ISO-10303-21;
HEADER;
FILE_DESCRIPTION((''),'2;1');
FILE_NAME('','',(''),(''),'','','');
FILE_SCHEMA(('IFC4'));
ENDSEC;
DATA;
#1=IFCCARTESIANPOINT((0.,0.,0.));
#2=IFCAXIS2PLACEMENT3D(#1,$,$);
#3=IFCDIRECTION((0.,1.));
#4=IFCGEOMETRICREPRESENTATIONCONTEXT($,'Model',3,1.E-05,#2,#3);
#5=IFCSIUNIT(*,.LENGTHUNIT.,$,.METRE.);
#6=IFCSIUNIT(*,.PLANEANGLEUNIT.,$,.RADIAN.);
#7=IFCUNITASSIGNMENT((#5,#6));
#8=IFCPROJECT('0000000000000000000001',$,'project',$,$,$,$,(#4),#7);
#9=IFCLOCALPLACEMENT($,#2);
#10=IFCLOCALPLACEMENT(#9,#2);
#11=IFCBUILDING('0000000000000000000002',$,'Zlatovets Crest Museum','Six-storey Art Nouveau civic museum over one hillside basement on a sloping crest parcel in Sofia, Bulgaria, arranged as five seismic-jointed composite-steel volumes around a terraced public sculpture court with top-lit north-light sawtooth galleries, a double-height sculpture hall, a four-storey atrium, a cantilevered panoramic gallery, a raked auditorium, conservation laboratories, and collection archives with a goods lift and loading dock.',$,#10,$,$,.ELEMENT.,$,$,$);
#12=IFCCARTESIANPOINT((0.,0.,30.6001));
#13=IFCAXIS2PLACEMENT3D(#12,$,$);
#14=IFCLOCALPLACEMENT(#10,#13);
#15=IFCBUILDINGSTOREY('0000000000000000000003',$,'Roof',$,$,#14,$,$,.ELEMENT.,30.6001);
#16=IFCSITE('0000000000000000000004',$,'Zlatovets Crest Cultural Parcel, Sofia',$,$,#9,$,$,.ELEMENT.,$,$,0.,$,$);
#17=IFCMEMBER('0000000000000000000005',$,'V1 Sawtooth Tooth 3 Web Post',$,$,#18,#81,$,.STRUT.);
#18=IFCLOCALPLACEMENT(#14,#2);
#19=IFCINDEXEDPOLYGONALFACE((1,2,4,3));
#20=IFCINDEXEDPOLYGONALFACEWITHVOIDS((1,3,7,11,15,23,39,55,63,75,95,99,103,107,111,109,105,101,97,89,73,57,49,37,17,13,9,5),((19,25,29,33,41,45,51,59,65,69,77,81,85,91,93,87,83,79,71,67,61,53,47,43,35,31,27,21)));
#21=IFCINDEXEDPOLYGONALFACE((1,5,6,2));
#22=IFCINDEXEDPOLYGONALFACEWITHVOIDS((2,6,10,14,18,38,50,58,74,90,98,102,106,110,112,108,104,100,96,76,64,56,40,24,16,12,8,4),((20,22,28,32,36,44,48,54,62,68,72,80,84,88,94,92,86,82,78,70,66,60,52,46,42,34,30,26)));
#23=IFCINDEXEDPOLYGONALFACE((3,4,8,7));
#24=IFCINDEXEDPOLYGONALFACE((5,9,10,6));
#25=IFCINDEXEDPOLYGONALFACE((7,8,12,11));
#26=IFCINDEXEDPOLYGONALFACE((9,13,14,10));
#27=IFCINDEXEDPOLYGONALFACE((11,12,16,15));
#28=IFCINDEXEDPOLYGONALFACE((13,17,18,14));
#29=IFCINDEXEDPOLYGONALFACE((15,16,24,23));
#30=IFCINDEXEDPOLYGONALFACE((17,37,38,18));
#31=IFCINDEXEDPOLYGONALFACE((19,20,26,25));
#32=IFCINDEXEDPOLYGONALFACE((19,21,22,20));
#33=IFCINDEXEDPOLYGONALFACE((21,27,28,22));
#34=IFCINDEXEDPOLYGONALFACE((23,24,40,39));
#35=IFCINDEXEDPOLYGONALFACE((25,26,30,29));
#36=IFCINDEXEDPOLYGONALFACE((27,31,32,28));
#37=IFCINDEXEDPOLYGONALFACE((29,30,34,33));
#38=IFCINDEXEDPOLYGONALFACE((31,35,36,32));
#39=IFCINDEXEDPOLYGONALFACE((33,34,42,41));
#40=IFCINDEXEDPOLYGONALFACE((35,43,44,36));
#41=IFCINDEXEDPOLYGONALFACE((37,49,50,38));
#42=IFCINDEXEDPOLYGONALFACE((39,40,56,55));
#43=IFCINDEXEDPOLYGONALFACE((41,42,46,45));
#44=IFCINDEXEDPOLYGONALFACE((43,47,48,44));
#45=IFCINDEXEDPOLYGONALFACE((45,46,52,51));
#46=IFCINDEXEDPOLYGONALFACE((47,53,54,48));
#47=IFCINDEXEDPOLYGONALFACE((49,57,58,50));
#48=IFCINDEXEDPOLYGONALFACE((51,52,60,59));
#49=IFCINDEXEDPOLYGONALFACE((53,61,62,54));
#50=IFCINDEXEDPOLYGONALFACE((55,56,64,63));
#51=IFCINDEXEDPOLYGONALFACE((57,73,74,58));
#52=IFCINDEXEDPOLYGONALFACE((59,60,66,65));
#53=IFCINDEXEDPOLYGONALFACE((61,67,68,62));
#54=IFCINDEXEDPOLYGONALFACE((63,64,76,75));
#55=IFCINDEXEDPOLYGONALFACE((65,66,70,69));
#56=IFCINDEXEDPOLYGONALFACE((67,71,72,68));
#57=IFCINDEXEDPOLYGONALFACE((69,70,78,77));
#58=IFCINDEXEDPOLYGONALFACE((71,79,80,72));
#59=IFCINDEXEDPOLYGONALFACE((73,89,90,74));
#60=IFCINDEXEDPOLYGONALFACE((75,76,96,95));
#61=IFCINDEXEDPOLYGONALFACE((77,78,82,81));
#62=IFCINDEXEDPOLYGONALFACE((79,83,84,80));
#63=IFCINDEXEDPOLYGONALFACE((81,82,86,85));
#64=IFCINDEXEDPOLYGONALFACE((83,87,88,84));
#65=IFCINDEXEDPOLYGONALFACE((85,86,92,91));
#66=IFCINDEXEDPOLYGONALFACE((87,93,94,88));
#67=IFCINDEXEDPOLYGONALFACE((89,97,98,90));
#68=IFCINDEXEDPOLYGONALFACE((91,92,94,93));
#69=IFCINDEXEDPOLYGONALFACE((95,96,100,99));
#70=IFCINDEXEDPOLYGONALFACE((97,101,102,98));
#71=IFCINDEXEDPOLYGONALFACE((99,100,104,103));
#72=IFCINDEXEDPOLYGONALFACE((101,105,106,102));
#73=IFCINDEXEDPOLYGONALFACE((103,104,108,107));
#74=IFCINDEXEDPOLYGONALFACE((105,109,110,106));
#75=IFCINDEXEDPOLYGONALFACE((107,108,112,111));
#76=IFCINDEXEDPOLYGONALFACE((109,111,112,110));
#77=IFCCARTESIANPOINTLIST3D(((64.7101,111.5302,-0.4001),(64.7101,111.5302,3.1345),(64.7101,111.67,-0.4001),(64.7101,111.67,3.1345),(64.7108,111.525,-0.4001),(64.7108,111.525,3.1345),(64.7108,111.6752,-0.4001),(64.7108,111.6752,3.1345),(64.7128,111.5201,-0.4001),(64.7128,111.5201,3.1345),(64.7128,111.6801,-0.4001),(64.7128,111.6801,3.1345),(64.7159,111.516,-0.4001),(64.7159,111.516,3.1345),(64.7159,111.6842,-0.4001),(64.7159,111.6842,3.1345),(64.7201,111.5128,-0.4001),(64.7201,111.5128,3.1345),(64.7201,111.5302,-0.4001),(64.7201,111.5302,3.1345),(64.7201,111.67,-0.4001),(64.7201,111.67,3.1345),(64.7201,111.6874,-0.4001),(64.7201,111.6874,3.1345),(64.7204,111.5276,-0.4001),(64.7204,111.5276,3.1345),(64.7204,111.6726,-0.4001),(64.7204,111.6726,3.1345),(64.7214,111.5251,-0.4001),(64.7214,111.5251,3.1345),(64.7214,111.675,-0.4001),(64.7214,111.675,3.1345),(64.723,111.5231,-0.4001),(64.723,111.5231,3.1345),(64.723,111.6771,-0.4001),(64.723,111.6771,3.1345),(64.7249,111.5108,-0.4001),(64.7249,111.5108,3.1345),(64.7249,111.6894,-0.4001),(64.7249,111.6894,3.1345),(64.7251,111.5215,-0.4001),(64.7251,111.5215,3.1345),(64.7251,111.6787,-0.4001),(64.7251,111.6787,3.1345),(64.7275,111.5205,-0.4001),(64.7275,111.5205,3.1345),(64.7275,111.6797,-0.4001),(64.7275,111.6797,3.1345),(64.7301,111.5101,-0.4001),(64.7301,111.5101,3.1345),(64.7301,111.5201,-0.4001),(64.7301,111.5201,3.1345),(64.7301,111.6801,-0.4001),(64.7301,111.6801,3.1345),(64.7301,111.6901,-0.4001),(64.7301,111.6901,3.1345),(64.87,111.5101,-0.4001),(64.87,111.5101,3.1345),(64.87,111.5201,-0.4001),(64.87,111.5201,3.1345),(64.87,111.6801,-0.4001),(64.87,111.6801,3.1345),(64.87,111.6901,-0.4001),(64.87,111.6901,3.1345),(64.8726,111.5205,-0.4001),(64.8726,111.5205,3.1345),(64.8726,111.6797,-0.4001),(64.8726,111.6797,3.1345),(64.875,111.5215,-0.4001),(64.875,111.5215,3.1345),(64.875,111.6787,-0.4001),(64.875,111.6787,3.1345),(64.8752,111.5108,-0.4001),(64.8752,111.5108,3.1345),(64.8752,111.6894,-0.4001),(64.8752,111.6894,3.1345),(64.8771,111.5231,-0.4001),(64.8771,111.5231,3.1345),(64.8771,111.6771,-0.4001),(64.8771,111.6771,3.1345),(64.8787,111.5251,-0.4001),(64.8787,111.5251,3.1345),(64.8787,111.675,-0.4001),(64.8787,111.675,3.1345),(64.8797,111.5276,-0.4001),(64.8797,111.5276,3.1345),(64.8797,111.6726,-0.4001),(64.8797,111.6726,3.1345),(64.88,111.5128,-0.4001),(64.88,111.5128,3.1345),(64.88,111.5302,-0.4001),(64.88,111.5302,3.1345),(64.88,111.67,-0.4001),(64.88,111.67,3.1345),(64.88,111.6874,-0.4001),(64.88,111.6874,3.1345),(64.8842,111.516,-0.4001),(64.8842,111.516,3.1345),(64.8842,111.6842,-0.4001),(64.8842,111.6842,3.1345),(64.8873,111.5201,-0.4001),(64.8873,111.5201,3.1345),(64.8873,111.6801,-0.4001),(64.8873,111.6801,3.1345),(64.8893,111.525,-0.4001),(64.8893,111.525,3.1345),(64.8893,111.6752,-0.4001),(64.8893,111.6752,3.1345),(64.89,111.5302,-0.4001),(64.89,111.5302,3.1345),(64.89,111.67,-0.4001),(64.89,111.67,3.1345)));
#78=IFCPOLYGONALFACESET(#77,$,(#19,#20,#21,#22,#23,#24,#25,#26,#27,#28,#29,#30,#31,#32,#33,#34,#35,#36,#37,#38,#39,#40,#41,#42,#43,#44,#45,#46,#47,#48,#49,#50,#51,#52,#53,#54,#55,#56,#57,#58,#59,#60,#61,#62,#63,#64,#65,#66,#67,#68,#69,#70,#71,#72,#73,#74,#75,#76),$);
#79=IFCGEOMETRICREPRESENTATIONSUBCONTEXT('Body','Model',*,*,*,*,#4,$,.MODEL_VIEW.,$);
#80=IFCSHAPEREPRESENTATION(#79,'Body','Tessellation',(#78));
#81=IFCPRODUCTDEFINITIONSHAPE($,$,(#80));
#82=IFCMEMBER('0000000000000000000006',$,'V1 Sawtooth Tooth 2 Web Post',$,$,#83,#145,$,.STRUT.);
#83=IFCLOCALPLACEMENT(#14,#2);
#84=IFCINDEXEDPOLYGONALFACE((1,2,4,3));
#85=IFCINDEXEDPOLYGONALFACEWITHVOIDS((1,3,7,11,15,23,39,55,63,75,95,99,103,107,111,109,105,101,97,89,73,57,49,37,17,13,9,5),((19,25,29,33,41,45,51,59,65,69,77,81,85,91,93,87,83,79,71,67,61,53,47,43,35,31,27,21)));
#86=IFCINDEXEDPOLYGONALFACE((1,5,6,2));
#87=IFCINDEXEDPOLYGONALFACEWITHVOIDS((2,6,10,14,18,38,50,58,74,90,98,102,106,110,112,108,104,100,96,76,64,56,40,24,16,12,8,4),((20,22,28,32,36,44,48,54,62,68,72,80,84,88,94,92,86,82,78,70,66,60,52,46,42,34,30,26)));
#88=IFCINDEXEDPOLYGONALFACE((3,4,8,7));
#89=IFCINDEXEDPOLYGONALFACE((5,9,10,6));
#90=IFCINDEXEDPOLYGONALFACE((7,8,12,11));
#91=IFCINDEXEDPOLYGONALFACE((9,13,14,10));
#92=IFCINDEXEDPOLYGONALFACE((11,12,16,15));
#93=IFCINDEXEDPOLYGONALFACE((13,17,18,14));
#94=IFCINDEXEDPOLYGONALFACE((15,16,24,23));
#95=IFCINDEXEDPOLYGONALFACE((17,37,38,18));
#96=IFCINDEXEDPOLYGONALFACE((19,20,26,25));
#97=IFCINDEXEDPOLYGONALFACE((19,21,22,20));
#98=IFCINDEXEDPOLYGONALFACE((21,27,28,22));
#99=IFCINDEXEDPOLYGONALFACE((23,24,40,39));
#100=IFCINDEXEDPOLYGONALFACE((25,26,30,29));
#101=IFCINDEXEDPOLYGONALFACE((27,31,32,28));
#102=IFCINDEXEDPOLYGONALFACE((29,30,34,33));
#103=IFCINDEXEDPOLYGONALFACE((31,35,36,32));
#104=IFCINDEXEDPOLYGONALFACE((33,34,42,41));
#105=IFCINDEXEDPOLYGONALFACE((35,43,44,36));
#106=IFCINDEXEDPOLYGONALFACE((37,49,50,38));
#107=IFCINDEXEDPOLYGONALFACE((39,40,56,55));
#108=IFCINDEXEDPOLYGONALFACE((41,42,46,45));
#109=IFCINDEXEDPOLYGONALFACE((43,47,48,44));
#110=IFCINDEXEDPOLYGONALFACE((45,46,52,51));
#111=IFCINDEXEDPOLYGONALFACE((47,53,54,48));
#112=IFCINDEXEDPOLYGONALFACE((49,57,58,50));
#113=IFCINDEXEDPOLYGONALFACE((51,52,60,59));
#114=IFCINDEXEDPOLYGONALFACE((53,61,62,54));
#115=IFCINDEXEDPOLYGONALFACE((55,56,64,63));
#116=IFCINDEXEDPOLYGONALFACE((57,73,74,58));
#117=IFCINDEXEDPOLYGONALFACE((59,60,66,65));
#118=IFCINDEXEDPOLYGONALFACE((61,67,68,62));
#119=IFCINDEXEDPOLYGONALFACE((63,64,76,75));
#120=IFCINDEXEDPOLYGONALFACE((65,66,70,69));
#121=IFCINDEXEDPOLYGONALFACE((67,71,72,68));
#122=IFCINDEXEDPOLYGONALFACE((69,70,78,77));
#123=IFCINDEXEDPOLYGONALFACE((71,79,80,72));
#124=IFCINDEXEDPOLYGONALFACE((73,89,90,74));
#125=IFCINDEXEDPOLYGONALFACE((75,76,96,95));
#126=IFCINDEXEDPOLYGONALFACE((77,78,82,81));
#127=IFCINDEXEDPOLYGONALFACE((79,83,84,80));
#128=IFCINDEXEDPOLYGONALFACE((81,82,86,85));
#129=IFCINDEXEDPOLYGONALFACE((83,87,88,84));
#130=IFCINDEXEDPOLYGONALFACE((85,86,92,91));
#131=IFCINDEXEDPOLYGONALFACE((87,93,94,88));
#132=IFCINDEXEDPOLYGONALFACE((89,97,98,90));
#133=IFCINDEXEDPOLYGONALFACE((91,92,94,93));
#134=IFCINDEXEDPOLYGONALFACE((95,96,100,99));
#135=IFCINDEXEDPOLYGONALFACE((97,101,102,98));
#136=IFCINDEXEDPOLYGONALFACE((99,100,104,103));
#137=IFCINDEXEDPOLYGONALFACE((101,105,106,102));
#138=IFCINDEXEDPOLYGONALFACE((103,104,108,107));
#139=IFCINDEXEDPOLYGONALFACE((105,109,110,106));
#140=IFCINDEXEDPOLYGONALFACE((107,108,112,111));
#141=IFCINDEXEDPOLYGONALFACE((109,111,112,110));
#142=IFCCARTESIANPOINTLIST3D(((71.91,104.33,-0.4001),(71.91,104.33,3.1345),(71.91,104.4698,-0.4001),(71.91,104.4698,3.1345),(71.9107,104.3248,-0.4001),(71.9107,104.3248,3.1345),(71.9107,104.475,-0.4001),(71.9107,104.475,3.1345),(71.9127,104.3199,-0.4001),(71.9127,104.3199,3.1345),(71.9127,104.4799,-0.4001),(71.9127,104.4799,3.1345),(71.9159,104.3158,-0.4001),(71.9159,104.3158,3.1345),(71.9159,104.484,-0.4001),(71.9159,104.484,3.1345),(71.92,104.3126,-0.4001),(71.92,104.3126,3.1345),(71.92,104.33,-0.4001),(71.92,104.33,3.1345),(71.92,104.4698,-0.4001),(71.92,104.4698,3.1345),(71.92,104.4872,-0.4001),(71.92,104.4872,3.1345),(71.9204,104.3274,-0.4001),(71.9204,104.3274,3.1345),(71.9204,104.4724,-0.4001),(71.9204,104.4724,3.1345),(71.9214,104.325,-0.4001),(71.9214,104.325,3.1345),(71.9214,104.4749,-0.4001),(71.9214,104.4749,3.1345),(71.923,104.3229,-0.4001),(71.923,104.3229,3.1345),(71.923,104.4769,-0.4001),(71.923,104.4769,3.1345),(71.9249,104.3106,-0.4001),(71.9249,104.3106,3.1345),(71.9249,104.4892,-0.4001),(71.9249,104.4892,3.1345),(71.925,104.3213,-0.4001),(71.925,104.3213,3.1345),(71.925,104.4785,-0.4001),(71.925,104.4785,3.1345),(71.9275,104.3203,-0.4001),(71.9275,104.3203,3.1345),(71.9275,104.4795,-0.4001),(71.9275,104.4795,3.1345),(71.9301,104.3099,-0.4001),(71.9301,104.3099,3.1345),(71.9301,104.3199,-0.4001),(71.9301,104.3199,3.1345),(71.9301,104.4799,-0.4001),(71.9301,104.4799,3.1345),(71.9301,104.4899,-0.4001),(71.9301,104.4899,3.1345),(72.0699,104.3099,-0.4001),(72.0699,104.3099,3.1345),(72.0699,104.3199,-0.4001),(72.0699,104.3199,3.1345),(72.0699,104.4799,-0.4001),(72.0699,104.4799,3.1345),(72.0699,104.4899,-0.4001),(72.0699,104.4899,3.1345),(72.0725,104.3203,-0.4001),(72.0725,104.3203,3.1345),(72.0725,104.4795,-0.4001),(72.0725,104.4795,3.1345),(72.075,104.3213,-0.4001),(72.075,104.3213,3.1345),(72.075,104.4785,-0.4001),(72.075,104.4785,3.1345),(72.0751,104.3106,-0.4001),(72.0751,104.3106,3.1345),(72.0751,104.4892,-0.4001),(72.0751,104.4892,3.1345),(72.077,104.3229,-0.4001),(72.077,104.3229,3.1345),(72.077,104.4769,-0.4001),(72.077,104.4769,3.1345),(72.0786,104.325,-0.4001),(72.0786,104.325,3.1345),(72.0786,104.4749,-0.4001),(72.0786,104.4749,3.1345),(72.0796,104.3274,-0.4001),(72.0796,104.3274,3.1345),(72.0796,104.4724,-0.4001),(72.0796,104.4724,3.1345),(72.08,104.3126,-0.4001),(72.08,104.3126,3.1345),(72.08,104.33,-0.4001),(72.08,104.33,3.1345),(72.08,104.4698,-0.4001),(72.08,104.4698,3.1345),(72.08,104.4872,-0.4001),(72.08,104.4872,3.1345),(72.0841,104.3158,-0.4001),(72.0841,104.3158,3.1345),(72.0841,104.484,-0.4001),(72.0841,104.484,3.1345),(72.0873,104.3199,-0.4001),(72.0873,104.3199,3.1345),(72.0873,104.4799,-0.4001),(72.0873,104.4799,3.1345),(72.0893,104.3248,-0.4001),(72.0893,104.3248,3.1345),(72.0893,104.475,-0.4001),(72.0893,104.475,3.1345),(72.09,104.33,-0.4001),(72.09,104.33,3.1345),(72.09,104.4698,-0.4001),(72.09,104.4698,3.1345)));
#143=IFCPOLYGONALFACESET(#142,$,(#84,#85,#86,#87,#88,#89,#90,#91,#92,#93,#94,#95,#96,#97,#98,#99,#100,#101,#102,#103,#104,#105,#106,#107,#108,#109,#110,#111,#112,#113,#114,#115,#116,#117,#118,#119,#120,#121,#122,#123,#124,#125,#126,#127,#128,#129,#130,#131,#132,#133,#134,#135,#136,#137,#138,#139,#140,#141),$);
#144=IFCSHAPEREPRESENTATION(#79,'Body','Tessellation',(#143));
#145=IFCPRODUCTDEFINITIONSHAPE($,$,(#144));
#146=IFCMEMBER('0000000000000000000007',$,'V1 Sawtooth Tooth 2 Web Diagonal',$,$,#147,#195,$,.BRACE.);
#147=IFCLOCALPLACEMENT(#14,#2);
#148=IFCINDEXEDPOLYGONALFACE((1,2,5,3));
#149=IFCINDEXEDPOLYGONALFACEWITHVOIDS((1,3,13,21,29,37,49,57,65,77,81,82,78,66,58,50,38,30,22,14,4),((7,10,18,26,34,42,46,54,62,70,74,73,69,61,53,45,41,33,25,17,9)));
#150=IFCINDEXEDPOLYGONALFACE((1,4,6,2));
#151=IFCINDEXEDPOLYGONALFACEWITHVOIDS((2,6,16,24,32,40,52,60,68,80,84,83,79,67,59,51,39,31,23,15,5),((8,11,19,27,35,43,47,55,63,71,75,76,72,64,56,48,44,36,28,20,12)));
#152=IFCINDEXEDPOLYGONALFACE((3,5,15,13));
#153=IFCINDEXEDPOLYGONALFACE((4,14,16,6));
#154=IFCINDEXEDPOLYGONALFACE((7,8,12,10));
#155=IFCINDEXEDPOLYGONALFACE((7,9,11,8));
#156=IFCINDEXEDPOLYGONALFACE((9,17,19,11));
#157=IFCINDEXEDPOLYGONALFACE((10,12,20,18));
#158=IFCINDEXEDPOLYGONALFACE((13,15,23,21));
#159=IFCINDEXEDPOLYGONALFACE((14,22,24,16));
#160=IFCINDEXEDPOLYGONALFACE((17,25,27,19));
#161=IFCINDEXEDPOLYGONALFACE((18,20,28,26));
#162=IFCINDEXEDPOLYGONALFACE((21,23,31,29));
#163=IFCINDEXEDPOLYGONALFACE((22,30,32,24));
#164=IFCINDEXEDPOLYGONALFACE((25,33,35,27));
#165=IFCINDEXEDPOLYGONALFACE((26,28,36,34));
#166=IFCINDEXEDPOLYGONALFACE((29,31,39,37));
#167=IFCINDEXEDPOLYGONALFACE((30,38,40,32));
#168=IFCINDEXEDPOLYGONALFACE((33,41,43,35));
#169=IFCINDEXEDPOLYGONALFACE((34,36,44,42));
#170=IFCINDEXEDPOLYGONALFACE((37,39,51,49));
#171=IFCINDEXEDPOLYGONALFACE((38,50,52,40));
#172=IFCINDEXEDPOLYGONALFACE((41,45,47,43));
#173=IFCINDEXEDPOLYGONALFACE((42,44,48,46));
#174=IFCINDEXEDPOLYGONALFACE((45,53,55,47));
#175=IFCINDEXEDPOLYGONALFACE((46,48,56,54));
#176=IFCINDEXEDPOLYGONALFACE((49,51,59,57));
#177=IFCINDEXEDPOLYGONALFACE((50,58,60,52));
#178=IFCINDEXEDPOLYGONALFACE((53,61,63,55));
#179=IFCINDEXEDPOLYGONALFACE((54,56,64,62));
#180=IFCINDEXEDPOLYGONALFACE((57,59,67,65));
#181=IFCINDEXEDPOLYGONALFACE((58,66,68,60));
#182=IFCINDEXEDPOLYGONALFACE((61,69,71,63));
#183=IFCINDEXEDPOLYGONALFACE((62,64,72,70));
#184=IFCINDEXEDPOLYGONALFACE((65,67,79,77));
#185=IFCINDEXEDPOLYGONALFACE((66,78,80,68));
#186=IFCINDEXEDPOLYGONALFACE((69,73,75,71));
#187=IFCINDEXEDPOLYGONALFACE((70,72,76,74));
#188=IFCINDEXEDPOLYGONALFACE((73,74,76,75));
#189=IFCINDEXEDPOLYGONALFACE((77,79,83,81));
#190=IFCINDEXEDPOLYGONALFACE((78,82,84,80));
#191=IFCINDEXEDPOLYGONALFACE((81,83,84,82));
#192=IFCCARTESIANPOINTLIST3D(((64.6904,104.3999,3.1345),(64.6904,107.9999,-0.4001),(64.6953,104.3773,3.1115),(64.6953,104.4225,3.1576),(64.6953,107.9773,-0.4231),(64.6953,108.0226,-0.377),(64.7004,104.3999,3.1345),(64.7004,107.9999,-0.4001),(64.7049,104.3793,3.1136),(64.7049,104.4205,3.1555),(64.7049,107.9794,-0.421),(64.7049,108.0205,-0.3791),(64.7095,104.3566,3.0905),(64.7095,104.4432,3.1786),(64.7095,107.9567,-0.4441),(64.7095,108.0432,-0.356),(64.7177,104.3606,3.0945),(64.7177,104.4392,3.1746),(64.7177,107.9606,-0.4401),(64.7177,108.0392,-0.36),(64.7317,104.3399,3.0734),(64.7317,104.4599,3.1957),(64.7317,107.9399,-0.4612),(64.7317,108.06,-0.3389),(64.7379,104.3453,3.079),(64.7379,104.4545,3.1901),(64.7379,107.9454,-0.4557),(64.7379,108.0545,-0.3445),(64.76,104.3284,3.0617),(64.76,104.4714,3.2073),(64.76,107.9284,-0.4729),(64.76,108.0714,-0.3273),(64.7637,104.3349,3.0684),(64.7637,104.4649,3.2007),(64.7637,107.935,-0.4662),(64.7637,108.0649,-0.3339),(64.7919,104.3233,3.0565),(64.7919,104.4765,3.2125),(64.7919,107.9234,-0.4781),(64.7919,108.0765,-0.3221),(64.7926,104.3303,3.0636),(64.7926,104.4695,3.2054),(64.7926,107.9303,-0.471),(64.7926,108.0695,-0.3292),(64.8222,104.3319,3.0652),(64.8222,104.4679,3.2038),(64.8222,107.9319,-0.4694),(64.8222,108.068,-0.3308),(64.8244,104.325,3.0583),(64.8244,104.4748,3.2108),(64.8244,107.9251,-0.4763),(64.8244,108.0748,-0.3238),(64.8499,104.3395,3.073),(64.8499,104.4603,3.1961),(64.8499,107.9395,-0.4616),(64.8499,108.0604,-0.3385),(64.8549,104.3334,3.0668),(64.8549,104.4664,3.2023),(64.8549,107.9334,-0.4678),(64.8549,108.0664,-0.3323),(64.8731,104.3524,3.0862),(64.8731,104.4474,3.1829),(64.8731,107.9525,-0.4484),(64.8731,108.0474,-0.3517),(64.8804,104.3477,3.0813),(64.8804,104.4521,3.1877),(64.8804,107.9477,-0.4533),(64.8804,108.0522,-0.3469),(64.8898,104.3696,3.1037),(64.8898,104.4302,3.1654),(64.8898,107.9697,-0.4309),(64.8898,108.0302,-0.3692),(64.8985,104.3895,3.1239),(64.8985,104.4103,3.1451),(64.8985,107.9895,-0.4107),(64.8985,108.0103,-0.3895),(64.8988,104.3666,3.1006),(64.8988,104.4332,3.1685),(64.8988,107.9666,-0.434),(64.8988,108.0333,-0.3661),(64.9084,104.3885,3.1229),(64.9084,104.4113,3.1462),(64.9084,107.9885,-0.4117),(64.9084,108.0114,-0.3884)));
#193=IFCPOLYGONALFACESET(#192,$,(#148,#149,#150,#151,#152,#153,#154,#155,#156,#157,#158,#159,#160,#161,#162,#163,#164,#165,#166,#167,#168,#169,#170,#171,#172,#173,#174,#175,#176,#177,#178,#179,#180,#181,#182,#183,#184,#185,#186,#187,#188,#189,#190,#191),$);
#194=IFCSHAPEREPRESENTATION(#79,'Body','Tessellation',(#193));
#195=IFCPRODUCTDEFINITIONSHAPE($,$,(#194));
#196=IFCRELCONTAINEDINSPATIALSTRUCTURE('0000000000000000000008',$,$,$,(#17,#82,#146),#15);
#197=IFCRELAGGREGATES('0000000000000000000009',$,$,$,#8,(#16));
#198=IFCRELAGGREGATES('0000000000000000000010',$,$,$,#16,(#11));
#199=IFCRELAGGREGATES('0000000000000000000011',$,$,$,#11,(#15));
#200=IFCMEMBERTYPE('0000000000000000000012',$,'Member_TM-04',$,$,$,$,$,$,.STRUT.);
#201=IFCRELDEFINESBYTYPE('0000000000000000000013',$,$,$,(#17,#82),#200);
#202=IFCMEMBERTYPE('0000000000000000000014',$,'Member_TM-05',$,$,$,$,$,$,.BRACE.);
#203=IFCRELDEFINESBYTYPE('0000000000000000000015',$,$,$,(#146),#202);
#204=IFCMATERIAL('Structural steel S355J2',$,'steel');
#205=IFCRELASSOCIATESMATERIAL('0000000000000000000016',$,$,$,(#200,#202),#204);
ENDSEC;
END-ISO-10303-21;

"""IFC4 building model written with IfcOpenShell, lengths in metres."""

from ifc_helpers import new_model, si_unit, direction, frame, origin, origin_2d, place, context, subcontext, project, spatial, hollow_rectangle, hollow_circle, extrude, material, material_profile, profile_set, type_object, element, save


model = new_model("IFC4")

# Units and contexts
model_context = context("Model", 3, precision=1e-05, world=origin(), true_north=direction((0.0, 1.0)))
body_context = subcontext(model_context, "Body", "Model", "MODEL_VIEW")
ifc_project = project(units=[si_unit("LENGTHUNIT", "METRE"), si_unit("PLANEANGLEUNIT", "RADIAN")], contexts=[model_context])

# Site, building, storey
site_placement = place(None, origin())
site = spatial("IfcSite", under=ifc_project, at=site_placement, Name="Zlatovets Crest Cultural Parcel, Sofia", CompositionType="ELEMENT", RefElevation=0.0)
building_placement = place(site_placement, origin())
building = spatial("IfcBuilding", under=site, at=building_placement, Name="Zlatovets Crest Museum", Description="Six-storey Art Nouveau civic museum over one hillside basement on a sloping crest parcel in Sofia, Bulgaria, arranged as five seismic-jointed composite-steel volumes around a terraced public sculpture court with top-lit north-light sawtooth galleries, a double-height sculpture hall, a four-storey atrium, a cantilevered panoramic gallery, a raked auditorium, conservation laboratories, and collection archives with a goods lift and loading dock.", CompositionType="ELEMENT")
storey_placement = place(building_placement, frame((0.0, 0.0, 30.6001)))
storey = spatial("IfcBuildingStorey", under=building, at=storey_placement, Name="Roof", CompositionType="ELEMENT", Elevation=30.6001)

# Shared definitions
ifc_material_1 = material(Name="Structural steel S355J2", Category="steel")

# Members
ifc_material_profile_1 = material_profile(ifc_material_1, hollow_rectangle(XDim=0.1799, YDim=0.1799, WallThickness=0.01, InnerFilletRadius=0.01, OuterFilletRadius=0.02, at=origin_2d()), Name="SHS 180x180x10.0")
ifc_profile_set_1 = profile_set([ifc_material_profile_1], Name="Structural steel S355J2")
member_type_1 = type_object("IfcMemberType", Name="Member_TM-04", PredefinedType="STRUT", material=ifc_profile_set_1)
for number, where, z_axis, x_axis, name in (
    (1, (64.8, 111.6001, -0.4001), (0.0, 0.0, 1.0), (1.0, 0.0, 0.0), "V1 Sawtooth Tooth 3 Web Post"),
    (2, (72.0, 104.3999, -0.4001), (0.0, 0.0, 1.0), (1.0, 0.0, 0.0), "V1 Sawtooth Tooth 2 Web Post"),
):
    element("IfcMember", number, at=place(storey_placement, frame(where, z_axis=z_axis, x_axis=x_axis)), inside=storey, type_object=member_type_1, Name=name, PredefinedType="STRUT", context=body_context, shape_type="SweptSolid", body=[
        extrude(hollow_rectangle(XDim=0.1799, YDim=0.1799, WallThickness=0.01, InnerFilletRadius=0.01, OuterFilletRadius=0.02, at=origin_2d()), origin(), (0.0, 0.0, 1.0), 3.5347),
    ])
ifc_material_profile_2 = material_profile(ifc_material_1, hollow_circle(Radius=0.1096, WallThickness=0.01, at=origin_2d()), Name="CHS 219.1x10.0")
ifc_profile_set_2 = profile_set([ifc_material_profile_2], Name="Structural steel S355J2")
member_type_2 = type_object("IfcMemberType", Name="Member_TM-05", PredefinedType="BRACE", material=ifc_profile_set_2)
for number, where, z_axis, x_axis, name in (
    (3, (64.8, 104.3999, 3.1345), (0.0, 0.713561, -0.700593), (-1.0, 0.0, 0.0), "V1 Sawtooth Tooth 2 Web Diagonal"),
):
    element("IfcMember", number, at=place(storey_placement, frame(where, z_axis=z_axis, x_axis=x_axis)), inside=storey, type_object=member_type_2, Name=name, PredefinedType="BRACE", context=body_context, shape_type="SweptSolid", body=[
        extrude(hollow_circle(Radius=0.1096, WallThickness=0.01, at=origin_2d()), origin(), (0.0, 0.0, 1.0), 5.0452),
    ])

save(model, "model.ifc")
